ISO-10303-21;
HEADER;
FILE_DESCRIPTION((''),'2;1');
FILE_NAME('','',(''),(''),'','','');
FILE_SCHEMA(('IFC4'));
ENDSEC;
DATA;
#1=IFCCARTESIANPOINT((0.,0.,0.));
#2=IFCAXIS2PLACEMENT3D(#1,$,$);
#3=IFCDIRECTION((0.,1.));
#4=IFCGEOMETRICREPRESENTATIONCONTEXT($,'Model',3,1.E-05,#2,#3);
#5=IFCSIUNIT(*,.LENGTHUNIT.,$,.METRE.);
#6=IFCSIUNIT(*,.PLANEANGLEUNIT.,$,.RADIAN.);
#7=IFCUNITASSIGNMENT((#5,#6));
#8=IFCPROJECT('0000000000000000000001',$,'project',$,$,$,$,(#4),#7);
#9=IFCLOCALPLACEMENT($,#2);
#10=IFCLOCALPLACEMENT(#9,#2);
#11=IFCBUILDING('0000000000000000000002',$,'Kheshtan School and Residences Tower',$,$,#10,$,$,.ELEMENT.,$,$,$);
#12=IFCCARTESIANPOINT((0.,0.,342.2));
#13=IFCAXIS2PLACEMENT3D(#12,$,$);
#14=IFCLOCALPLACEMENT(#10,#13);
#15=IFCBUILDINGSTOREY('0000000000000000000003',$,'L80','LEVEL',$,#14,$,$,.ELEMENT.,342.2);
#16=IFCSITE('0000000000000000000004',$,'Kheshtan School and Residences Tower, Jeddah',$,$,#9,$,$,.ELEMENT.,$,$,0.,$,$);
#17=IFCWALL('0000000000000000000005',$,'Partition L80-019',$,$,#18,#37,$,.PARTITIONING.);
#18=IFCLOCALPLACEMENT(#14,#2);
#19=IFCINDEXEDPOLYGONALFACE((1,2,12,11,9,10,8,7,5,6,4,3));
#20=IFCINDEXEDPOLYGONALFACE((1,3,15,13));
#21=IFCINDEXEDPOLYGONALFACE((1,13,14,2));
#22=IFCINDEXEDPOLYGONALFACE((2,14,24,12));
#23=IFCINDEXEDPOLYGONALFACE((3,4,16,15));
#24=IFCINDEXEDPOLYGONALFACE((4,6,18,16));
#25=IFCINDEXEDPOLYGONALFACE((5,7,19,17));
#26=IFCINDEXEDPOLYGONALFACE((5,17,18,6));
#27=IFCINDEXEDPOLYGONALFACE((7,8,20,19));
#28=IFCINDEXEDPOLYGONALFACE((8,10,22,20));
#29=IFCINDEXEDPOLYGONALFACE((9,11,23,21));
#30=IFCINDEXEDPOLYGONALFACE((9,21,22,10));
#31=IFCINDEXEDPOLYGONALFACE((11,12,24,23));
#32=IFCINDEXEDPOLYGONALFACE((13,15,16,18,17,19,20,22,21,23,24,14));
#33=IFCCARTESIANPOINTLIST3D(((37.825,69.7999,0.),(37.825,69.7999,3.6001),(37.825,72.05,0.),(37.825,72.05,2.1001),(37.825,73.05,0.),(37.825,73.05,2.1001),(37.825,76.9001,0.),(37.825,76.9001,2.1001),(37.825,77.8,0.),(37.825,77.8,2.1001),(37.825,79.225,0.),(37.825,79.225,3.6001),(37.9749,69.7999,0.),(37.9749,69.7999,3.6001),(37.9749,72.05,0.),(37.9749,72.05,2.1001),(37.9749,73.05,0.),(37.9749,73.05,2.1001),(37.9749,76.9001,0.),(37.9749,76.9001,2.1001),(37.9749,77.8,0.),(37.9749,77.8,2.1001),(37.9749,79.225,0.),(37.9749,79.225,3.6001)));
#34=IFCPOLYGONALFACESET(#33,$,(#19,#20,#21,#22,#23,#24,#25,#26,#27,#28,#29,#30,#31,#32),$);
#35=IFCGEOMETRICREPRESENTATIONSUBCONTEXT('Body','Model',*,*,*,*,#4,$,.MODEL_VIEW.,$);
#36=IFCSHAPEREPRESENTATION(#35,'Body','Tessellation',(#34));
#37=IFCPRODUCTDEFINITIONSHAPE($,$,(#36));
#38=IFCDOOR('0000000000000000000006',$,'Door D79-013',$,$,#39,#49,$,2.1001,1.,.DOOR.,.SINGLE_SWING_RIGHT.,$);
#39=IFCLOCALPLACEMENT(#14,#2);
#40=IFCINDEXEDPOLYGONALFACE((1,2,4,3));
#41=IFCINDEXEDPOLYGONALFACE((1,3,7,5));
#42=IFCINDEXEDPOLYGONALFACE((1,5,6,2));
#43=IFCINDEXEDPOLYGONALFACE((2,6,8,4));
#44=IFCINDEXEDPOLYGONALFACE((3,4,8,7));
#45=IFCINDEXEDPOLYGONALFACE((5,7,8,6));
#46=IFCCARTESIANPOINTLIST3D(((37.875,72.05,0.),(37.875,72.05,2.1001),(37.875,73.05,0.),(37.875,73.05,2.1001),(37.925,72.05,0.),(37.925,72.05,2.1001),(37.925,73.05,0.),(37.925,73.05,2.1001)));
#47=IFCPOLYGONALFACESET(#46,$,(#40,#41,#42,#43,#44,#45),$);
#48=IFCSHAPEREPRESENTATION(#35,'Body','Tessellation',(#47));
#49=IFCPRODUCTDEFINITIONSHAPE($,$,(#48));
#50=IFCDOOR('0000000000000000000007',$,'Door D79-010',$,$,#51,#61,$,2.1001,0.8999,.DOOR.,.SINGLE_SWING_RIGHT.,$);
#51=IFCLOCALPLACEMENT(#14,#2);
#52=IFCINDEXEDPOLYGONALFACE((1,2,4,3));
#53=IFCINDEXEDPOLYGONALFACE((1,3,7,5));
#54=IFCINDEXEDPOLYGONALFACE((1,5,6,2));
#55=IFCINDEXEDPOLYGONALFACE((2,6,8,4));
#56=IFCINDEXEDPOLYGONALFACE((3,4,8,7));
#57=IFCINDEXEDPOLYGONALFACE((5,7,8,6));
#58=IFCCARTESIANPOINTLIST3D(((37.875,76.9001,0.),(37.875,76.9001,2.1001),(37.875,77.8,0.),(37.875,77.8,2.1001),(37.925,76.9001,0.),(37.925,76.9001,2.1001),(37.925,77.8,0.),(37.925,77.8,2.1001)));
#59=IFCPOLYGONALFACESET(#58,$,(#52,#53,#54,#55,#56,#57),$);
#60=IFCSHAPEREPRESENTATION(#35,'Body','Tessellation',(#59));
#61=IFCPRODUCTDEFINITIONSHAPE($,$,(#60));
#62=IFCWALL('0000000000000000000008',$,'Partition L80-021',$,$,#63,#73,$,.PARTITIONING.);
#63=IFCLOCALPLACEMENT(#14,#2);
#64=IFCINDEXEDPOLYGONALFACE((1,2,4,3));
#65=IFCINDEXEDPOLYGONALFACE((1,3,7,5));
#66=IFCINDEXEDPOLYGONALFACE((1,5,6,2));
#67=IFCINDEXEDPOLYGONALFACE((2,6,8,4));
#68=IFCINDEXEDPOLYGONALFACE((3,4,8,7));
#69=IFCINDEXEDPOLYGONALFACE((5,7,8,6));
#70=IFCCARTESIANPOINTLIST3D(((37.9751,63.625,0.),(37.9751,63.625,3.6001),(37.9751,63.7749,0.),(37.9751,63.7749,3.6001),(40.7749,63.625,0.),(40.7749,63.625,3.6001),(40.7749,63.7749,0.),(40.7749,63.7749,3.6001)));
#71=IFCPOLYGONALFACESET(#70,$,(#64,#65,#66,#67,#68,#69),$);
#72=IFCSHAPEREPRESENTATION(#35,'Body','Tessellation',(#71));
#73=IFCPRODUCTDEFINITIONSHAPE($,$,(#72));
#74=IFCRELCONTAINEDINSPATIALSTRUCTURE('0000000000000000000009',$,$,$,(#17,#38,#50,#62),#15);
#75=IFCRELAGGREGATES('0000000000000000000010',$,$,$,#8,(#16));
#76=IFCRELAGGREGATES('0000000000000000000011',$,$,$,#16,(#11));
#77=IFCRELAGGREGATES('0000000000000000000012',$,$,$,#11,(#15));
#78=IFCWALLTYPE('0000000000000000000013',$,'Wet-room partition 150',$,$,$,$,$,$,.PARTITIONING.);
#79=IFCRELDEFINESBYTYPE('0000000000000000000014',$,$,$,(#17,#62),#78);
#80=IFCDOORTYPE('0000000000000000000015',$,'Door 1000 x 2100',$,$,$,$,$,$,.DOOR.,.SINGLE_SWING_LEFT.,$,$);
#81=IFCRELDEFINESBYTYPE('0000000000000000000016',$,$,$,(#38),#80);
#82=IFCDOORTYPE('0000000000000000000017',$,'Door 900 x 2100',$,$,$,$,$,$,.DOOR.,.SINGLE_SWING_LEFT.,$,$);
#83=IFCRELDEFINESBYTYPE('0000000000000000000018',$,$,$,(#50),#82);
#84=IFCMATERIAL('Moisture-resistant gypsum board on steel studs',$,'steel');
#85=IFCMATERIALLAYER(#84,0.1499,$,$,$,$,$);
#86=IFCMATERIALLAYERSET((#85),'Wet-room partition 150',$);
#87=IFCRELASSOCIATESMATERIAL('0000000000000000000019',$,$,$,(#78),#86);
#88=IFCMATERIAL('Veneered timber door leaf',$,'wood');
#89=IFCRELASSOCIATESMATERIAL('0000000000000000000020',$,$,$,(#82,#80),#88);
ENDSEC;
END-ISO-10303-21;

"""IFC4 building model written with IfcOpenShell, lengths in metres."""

from ifc_helpers import new_model, si_unit, direction, frame, frame_2d, origin, place, context, subcontext, project, spatial, rectangle, extrude, source, transform, mapped, material, layer, layer_set, type_object, element, fill, save


model = new_model("IFC4")

# Units and contexts
model_context = context("Model", 3, precision=1e-05, world=origin(), true_north=direction((0.0, 1.0)))
body_context = subcontext(model_context, "Body", "Model", "MODEL_VIEW")
ifc_project = project(units=[si_unit("LENGTHUNIT", "METRE"), si_unit("PLANEANGLEUNIT", "RADIAN")], contexts=[model_context])

# Site, building, storey
site_placement = place(None, origin())
site = spatial("IfcSite", under=ifc_project, at=site_placement, Name="Kheshtan School and Residences Tower, Jeddah", CompositionType="ELEMENT", RefElevation=0.0)
building_placement = place(site_placement, origin())
building = spatial("IfcBuilding", under=site, at=building_placement, Name="Kheshtan School and Residences Tower", CompositionType="ELEMENT")
storey_placement = place(building_placement, frame((0.0, 0.0, 342.2)))
storey = spatial("IfcBuildingStorey", under=building, at=storey_placement, Name="L80", Description="LEVEL", CompositionType="ELEMENT", Elevation=342.2)

# Shared definitions
ifc_material_1 = material(Name="Moisture-resistant gypsum board on steel studs", Category="steel")
ifc_layer_1 = layer(ifc_material_1, 0.1499)
ifc_layer_set_1 = layer_set([ifc_layer_1], Name="Wet-room partition 150")
wall_type_1 = type_object("IfcWallType", Name="Wet-room partition 150", PredefinedType="PARTITIONING", material=ifc_layer_set_1)

# Shared definitions
ifc_material_2 = material(Name="Veneered timber door leaf", Category="wood")
door_type_1 = type_object("IfcDoorType", Name="Door 900 x 2100", OperationType="SINGLE_SWING_LEFT", PredefinedType="DOOR", material=ifc_material_2)
shared_shape_1 = source(origin(), body_context, "Body", "SweptSolid", [
    extrude(rectangle(XDim=0.8999, YDim=2.1001, at=frame_2d((0.45, 1.05))), frame((0.0, 0.0249, 0.0), z_axis=(0.0, -1.0, 0.0), x_axis=(1.0, 0.0, 0.0)), (0.0, 0.0, 1.0), 0.05),
])

# Wall, openings, doors
wall_1_placement = place(storey_placement, frame((37.8999, 69.8, 0.0), z_axis=(0.0, 0.0, 1.0), x_axis=(0.0, 1.0, 0.0)))
wall_1 = element("IfcWall", 1, at=wall_1_placement, inside=storey, type_object=wall_type_1, Name="Partition L80-019", PredefinedType="PARTITIONING", context=body_context, shape_type="SweptSolid", body=[
    extrude(rectangle(XDim=9.425, YDim=0.1499, at=frame_2d((4.7124, 0.0))), origin(), (0.0, 0.0, 1.0), 3.6001),
])
opening_1_placement = place(wall_1_placement, frame((7.1001, 0.0, 0.0)))
opening_1 = element("IfcOpeningElement", 2, at=opening_1_placement, cuts=wall_1, PredefinedType="OPENING", context=body_context, shape_type="SweptSolid", body=[
    extrude(rectangle(XDim=0.8999, YDim=2.1001, at=frame_2d((0.45, 1.05))), frame((0.0, 0.085, 0.0), z_axis=(0.0, -1.0, 0.0), x_axis=(1.0, 0.0, 0.0)), (0.0, 0.0, 1.0), 0.1699),
])
opening_2_placement = place(wall_1_placement, frame((2.25, 0.0, 0.0)))
opening_2 = element("IfcOpeningElement", 3, at=opening_2_placement, cuts=wall_1, PredefinedType="OPENING", context=body_context, shape_type="SweptSolid", body=[
    extrude(rectangle(XDim=1.0, YDim=2.1001, at=frame_2d((0.5, 1.05))), frame((0.0, 0.085, 0.0), z_axis=(0.0, -1.0, 0.0), x_axis=(1.0, 0.0, 0.0)), (0.0, 0.0, 1.0), 0.1699),
])
door_type_2 = type_object("IfcDoorType", Name="Door 1000 x 2100", OperationType="SINGLE_SWING_LEFT", PredefinedType="DOOR", material=ifc_material_2)
shared_shape_2 = source(origin(), body_context, "Body", "SweptSolid", [
    extrude(rectangle(XDim=1.0, YDim=2.1001, at=frame_2d((0.5, 1.05))), frame((0.0, 0.0249, 0.0), z_axis=(0.0, -1.0, 0.0), x_axis=(1.0, 0.0, 0.0)), (0.0, 0.0, 1.0), 0.05),
])
door_1_placement = place(opening_2_placement, origin())
door_1 = element("IfcDoor", 4, at=door_1_placement, inside=storey, type_object=door_type_2, Name="Door D79-013", OperationType="SINGLE_SWING_RIGHT", OverallHeight=2.1001, OverallWidth=1.0, PredefinedType="DOOR", context=body_context, shape_type="MappedRepresentation", body=[
    mapped(shared_shape_2, transform((0.0, 0.0, 0.0), x_axis=(1.0, 0.0, 0.0), y_axis=(0.0, 1.0, 0.0), z_axis=(0.0, 0.0, 1.0), scale=1.0)),
])
fill(opening_2, door_1)
door_2_placement = place(opening_1_placement, origin())
door_2 = element("IfcDoor", 5, at=door_2_placement, inside=storey, type_object=door_type_1, Name="Door D79-010", OperationType="SINGLE_SWING_RIGHT", OverallHeight=2.1001, OverallWidth=0.8999, PredefinedType="DOOR", context=body_context, shape_type="MappedRepresentation", body=[
    mapped(shared_shape_1, transform((0.0, 0.0, 0.0), x_axis=(1.0, 0.0, 0.0), y_axis=(0.0, 1.0, 0.0), z_axis=(0.0, 0.0, 1.0), scale=1.0)),
])
fill(opening_1, door_2)

# Wall
wall_2_placement = place(storey_placement, frame((37.9751, 63.7, 0.0), z_axis=(0.0, 0.0, 1.0), x_axis=(1.0, 0.0, 0.0)))
element("IfcWall", 6, at=wall_2_placement, inside=storey, type_object=wall_type_1, Name="Partition L80-021", PredefinedType="PARTITIONING", context=body_context, shape_type="SweptSolid", body=[
    extrude(rectangle(XDim=2.7998, YDim=0.1499, at=frame_2d((1.3999, 0.0))), origin(), (0.0, 0.0, 1.0), 3.6001),
])

save(model, "model.ifc")
